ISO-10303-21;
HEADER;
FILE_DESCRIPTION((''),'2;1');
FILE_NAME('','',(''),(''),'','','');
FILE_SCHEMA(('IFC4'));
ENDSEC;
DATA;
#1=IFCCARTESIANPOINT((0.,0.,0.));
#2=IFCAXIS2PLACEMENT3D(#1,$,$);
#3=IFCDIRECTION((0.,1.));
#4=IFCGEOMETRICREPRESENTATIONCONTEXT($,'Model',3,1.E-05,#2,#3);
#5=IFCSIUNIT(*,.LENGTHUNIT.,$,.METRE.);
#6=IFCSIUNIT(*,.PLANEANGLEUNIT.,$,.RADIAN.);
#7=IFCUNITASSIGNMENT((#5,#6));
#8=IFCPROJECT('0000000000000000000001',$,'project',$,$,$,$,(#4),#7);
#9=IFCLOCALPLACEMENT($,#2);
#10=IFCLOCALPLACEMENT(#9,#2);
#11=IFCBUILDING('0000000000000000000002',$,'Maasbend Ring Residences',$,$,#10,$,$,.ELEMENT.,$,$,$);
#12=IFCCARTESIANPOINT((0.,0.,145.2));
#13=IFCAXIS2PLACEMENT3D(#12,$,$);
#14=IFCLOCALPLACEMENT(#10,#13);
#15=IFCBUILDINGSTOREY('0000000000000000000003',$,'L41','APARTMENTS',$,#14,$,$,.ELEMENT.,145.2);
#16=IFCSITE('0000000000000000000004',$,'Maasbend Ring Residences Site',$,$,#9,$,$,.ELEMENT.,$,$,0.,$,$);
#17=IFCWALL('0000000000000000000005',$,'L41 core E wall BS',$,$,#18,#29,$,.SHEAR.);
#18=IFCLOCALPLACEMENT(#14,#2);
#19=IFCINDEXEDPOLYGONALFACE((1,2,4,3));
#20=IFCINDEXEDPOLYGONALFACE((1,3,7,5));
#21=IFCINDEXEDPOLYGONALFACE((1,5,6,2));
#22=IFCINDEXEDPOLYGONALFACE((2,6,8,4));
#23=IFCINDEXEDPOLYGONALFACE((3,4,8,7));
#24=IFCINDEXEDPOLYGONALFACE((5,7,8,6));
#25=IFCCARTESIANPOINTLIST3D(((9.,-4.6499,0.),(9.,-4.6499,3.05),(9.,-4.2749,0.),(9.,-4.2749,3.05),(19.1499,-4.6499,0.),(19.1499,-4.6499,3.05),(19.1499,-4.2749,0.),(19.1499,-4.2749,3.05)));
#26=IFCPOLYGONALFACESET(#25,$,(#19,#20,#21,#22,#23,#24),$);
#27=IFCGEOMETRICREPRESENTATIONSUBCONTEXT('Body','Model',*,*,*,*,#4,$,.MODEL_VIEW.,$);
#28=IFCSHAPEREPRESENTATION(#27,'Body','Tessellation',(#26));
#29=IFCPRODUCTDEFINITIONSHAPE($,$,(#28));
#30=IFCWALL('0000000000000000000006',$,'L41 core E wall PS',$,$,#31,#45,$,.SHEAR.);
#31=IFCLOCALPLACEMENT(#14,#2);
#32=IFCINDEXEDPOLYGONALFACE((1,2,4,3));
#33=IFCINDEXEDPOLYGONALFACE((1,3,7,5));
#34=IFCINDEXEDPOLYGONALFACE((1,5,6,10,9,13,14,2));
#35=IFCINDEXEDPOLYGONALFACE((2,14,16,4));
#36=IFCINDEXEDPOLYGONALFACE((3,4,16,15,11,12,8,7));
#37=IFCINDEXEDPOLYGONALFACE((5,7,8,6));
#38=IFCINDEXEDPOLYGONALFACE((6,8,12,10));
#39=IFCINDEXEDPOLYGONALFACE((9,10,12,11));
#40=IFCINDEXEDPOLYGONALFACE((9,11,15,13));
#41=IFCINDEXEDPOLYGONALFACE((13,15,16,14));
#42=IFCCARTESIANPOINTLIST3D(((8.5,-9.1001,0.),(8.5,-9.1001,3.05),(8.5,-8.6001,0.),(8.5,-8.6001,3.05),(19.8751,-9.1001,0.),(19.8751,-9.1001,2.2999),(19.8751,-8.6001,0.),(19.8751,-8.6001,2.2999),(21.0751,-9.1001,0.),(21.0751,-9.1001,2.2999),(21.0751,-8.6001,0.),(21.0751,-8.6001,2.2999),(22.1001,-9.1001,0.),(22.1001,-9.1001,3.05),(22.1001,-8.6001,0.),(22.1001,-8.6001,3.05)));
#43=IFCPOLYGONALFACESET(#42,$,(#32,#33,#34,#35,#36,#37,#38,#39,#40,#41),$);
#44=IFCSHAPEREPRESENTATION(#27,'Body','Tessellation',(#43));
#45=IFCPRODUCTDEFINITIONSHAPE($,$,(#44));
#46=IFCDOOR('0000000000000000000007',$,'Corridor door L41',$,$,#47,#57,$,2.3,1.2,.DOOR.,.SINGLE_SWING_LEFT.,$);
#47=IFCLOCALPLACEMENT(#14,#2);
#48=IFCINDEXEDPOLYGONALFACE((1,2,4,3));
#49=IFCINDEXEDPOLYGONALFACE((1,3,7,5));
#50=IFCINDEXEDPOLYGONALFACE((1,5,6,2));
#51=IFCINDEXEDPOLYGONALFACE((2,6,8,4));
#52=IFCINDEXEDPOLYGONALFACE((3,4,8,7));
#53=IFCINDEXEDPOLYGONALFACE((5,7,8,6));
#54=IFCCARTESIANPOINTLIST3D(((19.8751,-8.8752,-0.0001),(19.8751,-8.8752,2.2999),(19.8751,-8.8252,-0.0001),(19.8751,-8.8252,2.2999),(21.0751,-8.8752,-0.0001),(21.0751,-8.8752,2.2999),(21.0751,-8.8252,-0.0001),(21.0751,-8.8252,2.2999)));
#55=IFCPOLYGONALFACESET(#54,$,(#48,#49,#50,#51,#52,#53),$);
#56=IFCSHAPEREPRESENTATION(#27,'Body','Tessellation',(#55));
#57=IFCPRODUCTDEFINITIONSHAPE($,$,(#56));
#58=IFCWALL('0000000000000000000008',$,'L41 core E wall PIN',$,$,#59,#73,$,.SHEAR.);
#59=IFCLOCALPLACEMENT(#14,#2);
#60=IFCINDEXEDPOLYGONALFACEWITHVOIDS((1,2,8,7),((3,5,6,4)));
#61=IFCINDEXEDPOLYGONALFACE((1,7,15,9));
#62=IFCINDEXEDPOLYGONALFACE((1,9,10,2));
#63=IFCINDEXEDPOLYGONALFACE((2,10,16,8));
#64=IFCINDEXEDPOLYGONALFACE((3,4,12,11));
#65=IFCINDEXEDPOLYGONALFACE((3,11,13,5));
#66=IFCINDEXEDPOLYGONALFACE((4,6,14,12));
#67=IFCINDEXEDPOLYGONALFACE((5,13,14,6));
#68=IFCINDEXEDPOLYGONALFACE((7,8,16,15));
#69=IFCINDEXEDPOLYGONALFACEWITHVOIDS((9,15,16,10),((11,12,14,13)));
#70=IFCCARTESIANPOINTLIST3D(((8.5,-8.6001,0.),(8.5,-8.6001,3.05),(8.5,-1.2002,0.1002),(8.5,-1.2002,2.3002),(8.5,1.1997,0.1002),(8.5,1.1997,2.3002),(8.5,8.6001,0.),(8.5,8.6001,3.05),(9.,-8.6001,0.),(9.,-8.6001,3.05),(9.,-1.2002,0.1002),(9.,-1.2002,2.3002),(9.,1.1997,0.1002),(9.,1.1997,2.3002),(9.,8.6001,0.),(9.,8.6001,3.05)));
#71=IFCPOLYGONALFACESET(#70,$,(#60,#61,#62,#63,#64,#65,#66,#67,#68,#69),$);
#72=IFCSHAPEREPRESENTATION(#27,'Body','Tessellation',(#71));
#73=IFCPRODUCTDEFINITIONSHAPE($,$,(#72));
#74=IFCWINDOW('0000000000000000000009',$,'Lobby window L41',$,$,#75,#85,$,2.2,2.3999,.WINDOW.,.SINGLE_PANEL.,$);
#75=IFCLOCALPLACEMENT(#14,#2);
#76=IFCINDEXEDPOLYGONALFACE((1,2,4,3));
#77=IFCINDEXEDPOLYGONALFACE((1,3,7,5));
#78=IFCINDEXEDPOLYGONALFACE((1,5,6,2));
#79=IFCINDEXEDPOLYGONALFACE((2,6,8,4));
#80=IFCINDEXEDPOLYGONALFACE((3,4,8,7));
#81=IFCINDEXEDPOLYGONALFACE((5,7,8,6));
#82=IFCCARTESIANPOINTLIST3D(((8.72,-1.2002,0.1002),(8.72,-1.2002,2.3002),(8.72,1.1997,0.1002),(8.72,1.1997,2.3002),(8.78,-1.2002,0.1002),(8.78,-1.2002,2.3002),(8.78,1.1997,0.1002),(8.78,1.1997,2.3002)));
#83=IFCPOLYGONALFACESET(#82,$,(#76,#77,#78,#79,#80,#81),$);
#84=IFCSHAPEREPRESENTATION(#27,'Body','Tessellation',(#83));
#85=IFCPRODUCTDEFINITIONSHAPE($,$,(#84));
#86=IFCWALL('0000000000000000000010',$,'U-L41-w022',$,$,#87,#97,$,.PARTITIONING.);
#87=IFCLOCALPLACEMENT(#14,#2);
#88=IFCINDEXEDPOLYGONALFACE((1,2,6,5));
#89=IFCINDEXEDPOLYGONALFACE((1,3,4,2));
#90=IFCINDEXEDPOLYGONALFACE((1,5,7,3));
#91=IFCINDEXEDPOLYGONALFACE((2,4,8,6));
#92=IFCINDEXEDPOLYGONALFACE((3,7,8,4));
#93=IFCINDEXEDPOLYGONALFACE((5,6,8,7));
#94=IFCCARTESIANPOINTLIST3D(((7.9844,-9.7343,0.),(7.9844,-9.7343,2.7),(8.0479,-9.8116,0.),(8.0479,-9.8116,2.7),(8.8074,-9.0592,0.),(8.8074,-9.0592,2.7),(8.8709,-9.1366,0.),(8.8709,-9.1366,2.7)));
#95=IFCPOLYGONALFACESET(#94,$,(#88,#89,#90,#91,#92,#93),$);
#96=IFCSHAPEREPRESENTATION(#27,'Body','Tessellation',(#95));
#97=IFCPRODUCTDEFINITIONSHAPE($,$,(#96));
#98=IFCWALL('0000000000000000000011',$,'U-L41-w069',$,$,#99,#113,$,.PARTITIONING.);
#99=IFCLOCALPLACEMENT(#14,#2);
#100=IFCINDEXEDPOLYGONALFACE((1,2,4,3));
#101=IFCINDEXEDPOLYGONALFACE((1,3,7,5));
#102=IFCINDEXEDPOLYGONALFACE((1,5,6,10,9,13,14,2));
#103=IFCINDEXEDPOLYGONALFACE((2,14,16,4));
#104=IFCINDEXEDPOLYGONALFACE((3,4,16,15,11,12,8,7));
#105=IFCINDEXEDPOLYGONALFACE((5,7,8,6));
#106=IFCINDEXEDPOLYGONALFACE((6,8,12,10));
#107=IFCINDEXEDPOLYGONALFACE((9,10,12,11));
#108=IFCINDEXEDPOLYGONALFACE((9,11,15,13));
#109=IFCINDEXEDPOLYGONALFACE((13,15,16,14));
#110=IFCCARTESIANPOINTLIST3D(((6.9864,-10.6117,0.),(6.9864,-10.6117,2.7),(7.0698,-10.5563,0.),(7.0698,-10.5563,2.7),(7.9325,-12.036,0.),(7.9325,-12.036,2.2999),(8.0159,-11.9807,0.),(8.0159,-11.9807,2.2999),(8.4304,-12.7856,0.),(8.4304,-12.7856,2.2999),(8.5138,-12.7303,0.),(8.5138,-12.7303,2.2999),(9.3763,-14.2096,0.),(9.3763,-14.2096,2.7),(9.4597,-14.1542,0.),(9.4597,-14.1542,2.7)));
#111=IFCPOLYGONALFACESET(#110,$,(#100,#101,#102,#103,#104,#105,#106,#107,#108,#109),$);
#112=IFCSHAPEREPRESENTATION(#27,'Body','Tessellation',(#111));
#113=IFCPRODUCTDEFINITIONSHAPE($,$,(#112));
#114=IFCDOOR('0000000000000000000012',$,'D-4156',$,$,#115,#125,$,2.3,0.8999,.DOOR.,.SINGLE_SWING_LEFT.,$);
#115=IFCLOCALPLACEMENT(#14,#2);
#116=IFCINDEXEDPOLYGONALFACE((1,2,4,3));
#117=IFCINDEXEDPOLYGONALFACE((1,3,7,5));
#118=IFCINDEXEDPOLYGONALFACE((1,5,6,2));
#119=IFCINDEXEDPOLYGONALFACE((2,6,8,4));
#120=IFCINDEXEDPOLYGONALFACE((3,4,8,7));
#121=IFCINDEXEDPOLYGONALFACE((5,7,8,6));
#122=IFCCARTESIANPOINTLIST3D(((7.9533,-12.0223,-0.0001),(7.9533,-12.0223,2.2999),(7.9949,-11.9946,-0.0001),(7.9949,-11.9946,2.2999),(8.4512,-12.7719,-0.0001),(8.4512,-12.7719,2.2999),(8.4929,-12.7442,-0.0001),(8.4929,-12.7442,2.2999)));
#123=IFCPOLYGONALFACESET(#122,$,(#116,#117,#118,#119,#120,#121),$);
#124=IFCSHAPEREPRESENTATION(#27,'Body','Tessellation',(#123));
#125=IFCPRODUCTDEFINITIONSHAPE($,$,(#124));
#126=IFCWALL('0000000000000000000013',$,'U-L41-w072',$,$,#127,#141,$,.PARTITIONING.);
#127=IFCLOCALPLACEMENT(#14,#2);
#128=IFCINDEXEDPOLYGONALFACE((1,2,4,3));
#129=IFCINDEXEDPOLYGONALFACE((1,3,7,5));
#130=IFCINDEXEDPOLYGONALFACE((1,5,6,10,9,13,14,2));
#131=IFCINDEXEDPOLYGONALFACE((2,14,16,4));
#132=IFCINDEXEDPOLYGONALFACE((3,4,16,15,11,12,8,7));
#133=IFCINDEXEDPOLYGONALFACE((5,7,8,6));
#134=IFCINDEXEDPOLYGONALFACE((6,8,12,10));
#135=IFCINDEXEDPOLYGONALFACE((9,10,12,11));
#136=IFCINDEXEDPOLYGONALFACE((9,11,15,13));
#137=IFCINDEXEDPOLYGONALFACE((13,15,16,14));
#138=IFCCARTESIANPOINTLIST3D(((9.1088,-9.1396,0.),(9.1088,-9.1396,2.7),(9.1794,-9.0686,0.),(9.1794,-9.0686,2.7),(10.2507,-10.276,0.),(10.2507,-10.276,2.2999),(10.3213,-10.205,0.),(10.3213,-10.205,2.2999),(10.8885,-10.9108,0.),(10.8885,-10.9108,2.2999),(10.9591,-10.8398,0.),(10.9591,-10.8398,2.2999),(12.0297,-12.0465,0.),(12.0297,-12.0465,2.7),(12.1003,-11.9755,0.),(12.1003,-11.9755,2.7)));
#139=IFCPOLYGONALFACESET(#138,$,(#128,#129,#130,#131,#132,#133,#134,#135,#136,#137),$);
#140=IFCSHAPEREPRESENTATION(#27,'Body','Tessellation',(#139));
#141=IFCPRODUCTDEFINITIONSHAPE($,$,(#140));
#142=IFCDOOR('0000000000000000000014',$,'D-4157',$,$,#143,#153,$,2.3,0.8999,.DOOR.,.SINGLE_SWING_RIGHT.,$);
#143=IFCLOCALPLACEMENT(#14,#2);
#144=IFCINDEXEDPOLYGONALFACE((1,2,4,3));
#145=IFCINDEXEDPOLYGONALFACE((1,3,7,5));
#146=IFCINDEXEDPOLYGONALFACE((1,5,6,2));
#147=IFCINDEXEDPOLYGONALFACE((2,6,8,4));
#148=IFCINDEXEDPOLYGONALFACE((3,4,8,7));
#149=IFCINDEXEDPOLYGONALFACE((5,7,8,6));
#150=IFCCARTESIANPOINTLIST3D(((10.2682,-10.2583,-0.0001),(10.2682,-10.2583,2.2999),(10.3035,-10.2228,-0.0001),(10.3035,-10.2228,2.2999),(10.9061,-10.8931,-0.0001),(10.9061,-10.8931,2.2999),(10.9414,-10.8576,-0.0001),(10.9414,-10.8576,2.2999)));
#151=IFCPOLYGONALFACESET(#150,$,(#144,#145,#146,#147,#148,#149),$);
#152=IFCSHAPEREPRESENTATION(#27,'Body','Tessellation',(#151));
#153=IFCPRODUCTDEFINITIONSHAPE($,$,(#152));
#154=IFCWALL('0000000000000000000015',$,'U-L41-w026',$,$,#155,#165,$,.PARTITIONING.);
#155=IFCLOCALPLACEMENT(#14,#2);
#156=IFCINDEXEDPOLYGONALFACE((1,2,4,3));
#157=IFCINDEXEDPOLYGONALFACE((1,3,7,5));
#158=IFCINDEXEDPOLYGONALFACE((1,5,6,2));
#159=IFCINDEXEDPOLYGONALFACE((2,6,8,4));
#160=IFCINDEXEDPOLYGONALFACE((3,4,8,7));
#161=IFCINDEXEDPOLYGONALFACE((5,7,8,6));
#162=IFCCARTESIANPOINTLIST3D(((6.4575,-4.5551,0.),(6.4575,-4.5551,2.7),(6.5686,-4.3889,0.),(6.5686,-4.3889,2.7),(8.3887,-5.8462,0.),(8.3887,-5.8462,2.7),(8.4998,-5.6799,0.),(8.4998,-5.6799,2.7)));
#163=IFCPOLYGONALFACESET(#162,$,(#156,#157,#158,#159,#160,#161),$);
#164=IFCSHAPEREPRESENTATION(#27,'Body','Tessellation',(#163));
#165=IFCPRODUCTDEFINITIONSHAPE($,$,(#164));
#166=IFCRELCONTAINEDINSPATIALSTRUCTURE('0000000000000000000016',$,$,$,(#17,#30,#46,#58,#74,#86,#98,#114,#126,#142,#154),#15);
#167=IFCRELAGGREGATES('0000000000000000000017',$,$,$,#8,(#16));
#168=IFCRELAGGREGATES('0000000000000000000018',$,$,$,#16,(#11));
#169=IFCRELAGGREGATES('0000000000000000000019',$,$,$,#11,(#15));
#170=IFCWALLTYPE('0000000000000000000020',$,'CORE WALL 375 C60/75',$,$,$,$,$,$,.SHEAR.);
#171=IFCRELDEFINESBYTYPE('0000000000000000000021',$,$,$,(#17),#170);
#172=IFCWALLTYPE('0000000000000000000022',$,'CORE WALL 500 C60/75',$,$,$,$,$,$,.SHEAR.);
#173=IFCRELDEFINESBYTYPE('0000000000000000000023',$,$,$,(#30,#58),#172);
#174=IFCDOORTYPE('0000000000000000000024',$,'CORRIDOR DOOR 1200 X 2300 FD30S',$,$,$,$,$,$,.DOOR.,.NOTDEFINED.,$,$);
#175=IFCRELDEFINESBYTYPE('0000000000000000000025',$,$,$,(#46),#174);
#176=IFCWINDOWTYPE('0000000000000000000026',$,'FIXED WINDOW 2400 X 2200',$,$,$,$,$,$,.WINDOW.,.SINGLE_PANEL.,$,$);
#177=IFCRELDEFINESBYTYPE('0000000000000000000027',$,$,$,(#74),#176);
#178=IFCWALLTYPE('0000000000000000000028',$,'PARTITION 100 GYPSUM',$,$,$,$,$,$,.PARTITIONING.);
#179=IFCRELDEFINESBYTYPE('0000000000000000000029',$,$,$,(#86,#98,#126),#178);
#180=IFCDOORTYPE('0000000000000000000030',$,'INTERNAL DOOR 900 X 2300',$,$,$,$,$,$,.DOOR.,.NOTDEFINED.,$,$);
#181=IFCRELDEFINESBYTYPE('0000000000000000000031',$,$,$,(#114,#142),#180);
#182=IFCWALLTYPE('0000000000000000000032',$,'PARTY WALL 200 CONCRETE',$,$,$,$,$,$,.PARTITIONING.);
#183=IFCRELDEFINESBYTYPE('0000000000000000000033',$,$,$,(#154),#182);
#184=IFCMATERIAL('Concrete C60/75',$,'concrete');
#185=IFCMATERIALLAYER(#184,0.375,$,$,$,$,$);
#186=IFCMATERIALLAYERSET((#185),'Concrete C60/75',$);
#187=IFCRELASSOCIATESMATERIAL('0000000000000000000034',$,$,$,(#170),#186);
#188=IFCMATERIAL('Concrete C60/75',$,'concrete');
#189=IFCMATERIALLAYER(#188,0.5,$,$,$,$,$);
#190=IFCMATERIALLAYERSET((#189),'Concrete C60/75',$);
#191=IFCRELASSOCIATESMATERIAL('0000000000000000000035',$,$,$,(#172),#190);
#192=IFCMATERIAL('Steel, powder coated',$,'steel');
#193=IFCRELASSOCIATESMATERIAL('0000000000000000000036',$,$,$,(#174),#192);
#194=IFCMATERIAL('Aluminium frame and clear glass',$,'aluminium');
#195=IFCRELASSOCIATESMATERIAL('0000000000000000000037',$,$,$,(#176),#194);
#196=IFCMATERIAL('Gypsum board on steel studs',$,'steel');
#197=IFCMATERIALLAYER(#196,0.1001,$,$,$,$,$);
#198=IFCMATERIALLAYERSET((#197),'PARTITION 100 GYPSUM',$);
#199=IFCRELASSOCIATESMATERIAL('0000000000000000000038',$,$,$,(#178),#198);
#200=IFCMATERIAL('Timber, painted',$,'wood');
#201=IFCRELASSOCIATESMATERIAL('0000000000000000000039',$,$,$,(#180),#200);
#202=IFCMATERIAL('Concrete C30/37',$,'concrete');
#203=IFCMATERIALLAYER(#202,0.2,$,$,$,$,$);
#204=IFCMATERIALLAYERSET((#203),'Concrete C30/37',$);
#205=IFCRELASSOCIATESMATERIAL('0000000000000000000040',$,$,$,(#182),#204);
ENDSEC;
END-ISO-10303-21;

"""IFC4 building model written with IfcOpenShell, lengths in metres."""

from ifc_helpers import new_model, si_unit, direction, frame, frame_2d, origin, place, context, subcontext, project, spatial, rectangle, extrude, material, layer, layer_set, type_object, element, fill, save


model = new_model("IFC4")

# Units and contexts
model_context = context("Model", 3, precision=1e-05, world=origin(), true_north=direction((0.0, 1.0)))
body_context = subcontext(model_context, "Body", "Model", "MODEL_VIEW")
ifc_project = project(units=[si_unit("LENGTHUNIT", "METRE"), si_unit("PLANEANGLEUNIT", "RADIAN")], contexts=[model_context])

# Site, building, storey
site_placement = place(None, origin())
site = spatial("IfcSite", under=ifc_project, at=site_placement, Name="Maasbend Ring Residences Site", CompositionType="ELEMENT", RefElevation=0.0)
building_placement = place(site_placement, origin())
building = spatial("IfcBuilding", under=site, at=building_placement, Name="Maasbend Ring Residences", CompositionType="ELEMENT")
storey_placement = place(building_placement, frame((0.0, 0.0, 145.2)))
storey = spatial("IfcBuildingStorey", under=building, at=storey_placement, Name="L41", Description="APARTMENTS", CompositionType="ELEMENT", Elevation=145.2)

# Wall
ifc_material_1 = material(Name="Concrete C60/75", Category="concrete")
ifc_layer_1 = layer(ifc_material_1, 0.375)
ifc_layer_set_1 = layer_set([ifc_layer_1], Name="Concrete C60/75")
wall_type_1 = type_object("IfcWallType", Name="CORE WALL 375 C60/75", PredefinedType="SHEAR", material=ifc_layer_set_1)
wall_1_placement = place(storey_placement, frame((9.0, -4.4624, 0.0), z_axis=(0.0, 0.0, 1.0), x_axis=(1.0, 0.0, 0.0)))
element("IfcWall", 1, at=wall_1_placement, inside=storey, type_object=wall_type_1, Name="L41 core E wall BS", PredefinedType="SHEAR", context=body_context, shape_type="SweptSolid", body=[
    extrude(rectangle(XDim=10.1499, YDim=0.375, at=frame_2d((5.075, 0.0))), origin(), (0.0, 0.0, 1.0), 3.05),
])

# Wall, opening, door
ifc_material_2 = material(Name="Concrete C60/75", Category="concrete")
ifc_layer_2 = layer(ifc_material_2, 0.5)
ifc_layer_set_2 = layer_set([ifc_layer_2], Name="Concrete C60/75")
wall_type_2 = type_object("IfcWallType", Name="CORE WALL 500 C60/75", PredefinedType="SHEAR", material=ifc_layer_set_2)
wall_2_placement = place(storey_placement, frame((8.5, -8.8501, 0.0), z_axis=(0.0, 0.0, 1.0), x_axis=(1.0, 0.0, 0.0)))
wall_2 = element("IfcWall", 2, at=wall_2_placement, inside=storey, type_object=wall_type_2, Name="L41 core E wall PS", PredefinedType="SHEAR", context=body_context, shape_type="SweptSolid", body=[
    extrude(rectangle(XDim=13.6001, YDim=0.5, at=frame_2d((6.8, 0.0))), origin(), (0.0, 0.0, 1.0), 3.05),
])
opening_1_placement = place(wall_2_placement, frame((11.375, 0.0, 0.0)))
opening_1 = element("IfcOpeningElement", 3, at=opening_1_placement, cuts=wall_2, PredefinedType="OPENING", context=body_context, shape_type="SweptSolid", body=[
    extrude(rectangle(XDim=1.2, YDim=2.3, at=frame_2d((0.6001, 1.1499))), frame((0.0, 0.26, 0.0), z_axis=(0.0, -1.0, 0.0), x_axis=(1.0, 0.0, 0.0)), (0.0, 0.0, 1.0), 0.52),
])
ifc_material_3 = material(Name="Steel, powder coated", Category="steel")
door_type_1 = type_object("IfcDoorType", Name="CORRIDOR DOOR 1200 X 2300 FD30S", OperationType="NOTDEFINED", PredefinedType="DOOR", material=ifc_material_3)
door_1_placement = place(opening_1_placement, origin())
door_1 = element("IfcDoor", 4, at=door_1_placement, inside=storey, type_object=door_type_1, Name="Corridor door L41", OperationType="SINGLE_SWING_LEFT", OverallHeight=2.3, OverallWidth=1.2, PredefinedType="DOOR", context=body_context, shape_type="SweptSolid", body=[
    extrude(rectangle(XDim=1.2, YDim=2.3, at=frame_2d((0.6001, 1.1499))), frame((0.0, 0.0249, 0.0), z_axis=(0.0, -1.0, 0.0), x_axis=(1.0, 0.0, 0.0)), (0.0, 0.0, 1.0), 0.05),
])
fill(opening_1, door_1)

# Wall, opening, window
wall_3_placement = place(storey_placement, frame((8.75, -8.6001, 0.0), z_axis=(0.0, 0.0, 1.0), x_axis=(0.0, 1.0, 0.0)))
wall_3 = element("IfcWall", 5, at=wall_3_placement, inside=storey, type_object=wall_type_2, Name="L41 core E wall PIN", PredefinedType="SHEAR", context=body_context, shape_type="SweptSolid", body=[
    extrude(rectangle(XDim=17.2002, YDim=0.5, at=frame_2d((8.6001, 0.0))), origin(), (0.0, 0.0, 1.0), 3.05),
])
opening_2_placement = place(wall_3_placement, frame((7.3999, 0.0, 0.1001)))
opening_2 = element("IfcOpeningElement", 6, at=opening_2_placement, cuts=wall_3, PredefinedType="OPENING", context=body_context, shape_type="SweptSolid", body=[
    extrude(rectangle(XDim=2.3999, YDim=2.2, at=frame_2d((1.2, 1.1001))), frame((0.0, 0.26, 0.0), z_axis=(0.0, -1.0, 0.0), x_axis=(1.0, 0.0, 0.0)), (0.0, 0.0, 1.0), 0.52),
])
ifc_material_4 = material(Name="Aluminium frame and clear glass", Category="aluminium")
window_type = type_object("IfcWindowType", Name="FIXED WINDOW 2400 X 2200", PartitioningType="SINGLE_PANEL", PredefinedType="WINDOW", material=ifc_material_4)
window_placement = place(opening_2_placement, origin())
window = element("IfcWindow", 7, at=window_placement, inside=storey, type_object=window_type, Name="Lobby window L41", OverallHeight=2.2, OverallWidth=2.3999, PartitioningType="SINGLE_PANEL", PredefinedType="WINDOW", context=body_context, shape_type="SweptSolid", body=[
    extrude(rectangle(XDim=2.3999, YDim=2.2, at=frame_2d((1.2, 1.1001))), frame((0.0, 0.03, 0.0), z_axis=(0.0, -1.0, 0.0), x_axis=(1.0, 0.0, 0.0)), (0.0, 0.0, 1.0), 0.0601),
])
fill(opening_2, window)

# Wall
ifc_material_5 = material(Name="Gypsum board on steel studs", Category="steel")
ifc_layer_3 = layer(ifc_material_5, 0.1001)
ifc_layer_set_3 = layer_set([ifc_layer_3], Name="PARTITION 100 GYPSUM")
wall_type_3 = type_object("IfcWallType", Name="PARTITION 100 GYPSUM", PredefinedType="PARTITIONING", material=ifc_layer_set_3)
wall_4_placement = place(storey_placement, frame((8.0161, -9.7729, 0.0), z_axis=(0.0, 0.0, 1.0), x_axis=(0.77318, 0.634187, 0.0)))
element("IfcWall", 8, at=wall_4_placement, inside=storey, type_object=wall_type_3, Name="U-L41-w022", PredefinedType="PARTITIONING", context=body_context, shape_type="SweptSolid", body=[
    extrude(rectangle(XDim=1.0645, YDim=0.1001, at=frame_2d((0.5322, 0.0))), origin(), (0.0, 0.0, 1.0), 2.7),
])

# Walls, openings, doors
wall_5_placement = place(storey_placement, frame((7.0281, -10.584, 0.0), z_axis=(0.0, 0.0, 1.0), x_axis=(0.553304, -0.83298, 0.0)))
wall_5 = element("IfcWall", 9, at=wall_5_placement, inside=storey, type_object=wall_type_3, Name="U-L41-w069", PredefinedType="PARTITIONING", context=body_context, shape_type="SweptSolid", body=[
    extrude(rectangle(XDim=4.3193, YDim=0.1001, at=frame_2d((2.1597, 0.0))), origin(), (0.0, 0.0, 1.0), 2.7),
])
opening_3_placement = place(wall_5_placement, frame((1.71, 0.0, 0.0)))
opening_3 = element("IfcOpeningElement", 10, at=opening_3_placement, cuts=wall_5, PredefinedType="OPENING", context=body_context, shape_type="SweptSolid", body=[
    extrude(rectangle(XDim=0.8999, YDim=2.3, at=frame_2d((0.45, 1.1499))), frame((0.0, 0.0601, 0.0), z_axis=(0.0, -1.0, 0.0), x_axis=(1.0, 0.0, 0.0)), (0.0, 0.0, 1.0), 0.1201),
])
ifc_material_6 = material(Name="Timber, painted", Category="wood")
door_type_2 = type_object("IfcDoorType", Name="INTERNAL DOOR 900 X 2300", OperationType="NOTDEFINED", PredefinedType="DOOR", material=ifc_material_6)
door_2_placement = place(opening_3_placement, origin())
door_2 = element("IfcDoor", 11, at=door_2_placement, inside=storey, type_object=door_type_2, Name="D-4156", OperationType="SINGLE_SWING_LEFT", OverallHeight=2.3, OverallWidth=0.8999, PredefinedType="DOOR", context=body_context, shape_type="SweptSolid", body=[
    extrude(rectangle(XDim=0.8999, YDim=2.3, at=frame_2d((0.45, 1.1499))), frame((0.0, 0.0249, 0.0), z_axis=(0.0, -1.0, 0.0), x_axis=(1.0, 0.0, 0.0)), (0.0, 0.0, 1.0), 0.05),
])
fill(opening_3, door_2)
wall_6_placement = place(storey_placement, frame((9.144, -9.104, 0.0), z_axis=(0.0, 0.0, 1.0), x_axis=(0.708793, -0.705416, 0.0)))
wall_6 = element("IfcWall", 12, at=wall_6_placement, inside=storey, type_object=wall_type_3, Name="U-L41-w072", PredefinedType="PARTITIONING", context=body_context, shape_type="SweptSolid", body=[
    extrude(rectangle(XDim=4.1208, YDim=0.1001, at=frame_2d((2.0605, 0.0))), origin(), (0.0, 0.0, 1.0), 2.7),
])
opening_4_placement = place(wall_6_placement, frame((1.6111, 0.0, 0.0)))
opening_4 = element("IfcOpeningElement", 13, at=opening_4_placement, cuts=wall_6, PredefinedType="OPENING", context=body_context, shape_type="SweptSolid", body=[
    extrude(rectangle(XDim=0.8999, YDim=2.3, at=frame_2d((0.45, 1.1499))), frame((0.0, 0.0601, 0.0), z_axis=(0.0, -1.0, 0.0), x_axis=(1.0, 0.0, 0.0)), (0.0, 0.0, 1.0), 0.1201),
])
door_3_placement = place(opening_4_placement, origin())
door_3 = element("IfcDoor", 14, at=door_3_placement, inside=storey, type_object=door_type_2, Name="D-4157", OperationType="SINGLE_SWING_RIGHT", OverallHeight=2.3, OverallWidth=0.8999, PredefinedType="DOOR", context=body_context, shape_type="SweptSolid", body=[
    extrude(rectangle(XDim=0.8999, YDim=2.3, at=frame_2d((0.45, 1.1499))), frame((0.0, 0.0249, 0.0), z_axis=(0.0, -1.0, 0.0), x_axis=(1.0, 0.0, 0.0)), (0.0, 0.0, 1.0), 0.05),
])
fill(opening_4, door_3)

# Wall
ifc_material_7 = material(Name="Concrete C30/37", Category="concrete")
ifc_layer_4 = layer(ifc_material_7, 0.2)
ifc_layer_set_4 = layer_set([ifc_layer_4], Name="Concrete C30/37")
wall_type_4 = type_object("IfcWallType", Name="PARTY WALL 200 CONCRETE", PredefinedType="PARTITIONING", material=ifc_layer_set_4)
wall_7_placement = place(storey_placement, frame((6.5129, -4.4719, 0.0), z_axis=(0.0, 0.0, 1.0), x_axis=(0.831338, -0.555767, 0.0)))
element("IfcWall", 15, at=wall_7_placement, inside=storey, type_object=wall_type_4, Name="U-L41-w026", PredefinedType="PARTITIONING", context=body_context, shape_type="SweptSolid", body=[
    extrude(rectangle(XDim=2.323, YDim=0.2, at=frame_2d((1.1616, 0.0))), origin(), (0.0, 0.0, 1.0), 2.7),
])

save(model, "model.ifc")
